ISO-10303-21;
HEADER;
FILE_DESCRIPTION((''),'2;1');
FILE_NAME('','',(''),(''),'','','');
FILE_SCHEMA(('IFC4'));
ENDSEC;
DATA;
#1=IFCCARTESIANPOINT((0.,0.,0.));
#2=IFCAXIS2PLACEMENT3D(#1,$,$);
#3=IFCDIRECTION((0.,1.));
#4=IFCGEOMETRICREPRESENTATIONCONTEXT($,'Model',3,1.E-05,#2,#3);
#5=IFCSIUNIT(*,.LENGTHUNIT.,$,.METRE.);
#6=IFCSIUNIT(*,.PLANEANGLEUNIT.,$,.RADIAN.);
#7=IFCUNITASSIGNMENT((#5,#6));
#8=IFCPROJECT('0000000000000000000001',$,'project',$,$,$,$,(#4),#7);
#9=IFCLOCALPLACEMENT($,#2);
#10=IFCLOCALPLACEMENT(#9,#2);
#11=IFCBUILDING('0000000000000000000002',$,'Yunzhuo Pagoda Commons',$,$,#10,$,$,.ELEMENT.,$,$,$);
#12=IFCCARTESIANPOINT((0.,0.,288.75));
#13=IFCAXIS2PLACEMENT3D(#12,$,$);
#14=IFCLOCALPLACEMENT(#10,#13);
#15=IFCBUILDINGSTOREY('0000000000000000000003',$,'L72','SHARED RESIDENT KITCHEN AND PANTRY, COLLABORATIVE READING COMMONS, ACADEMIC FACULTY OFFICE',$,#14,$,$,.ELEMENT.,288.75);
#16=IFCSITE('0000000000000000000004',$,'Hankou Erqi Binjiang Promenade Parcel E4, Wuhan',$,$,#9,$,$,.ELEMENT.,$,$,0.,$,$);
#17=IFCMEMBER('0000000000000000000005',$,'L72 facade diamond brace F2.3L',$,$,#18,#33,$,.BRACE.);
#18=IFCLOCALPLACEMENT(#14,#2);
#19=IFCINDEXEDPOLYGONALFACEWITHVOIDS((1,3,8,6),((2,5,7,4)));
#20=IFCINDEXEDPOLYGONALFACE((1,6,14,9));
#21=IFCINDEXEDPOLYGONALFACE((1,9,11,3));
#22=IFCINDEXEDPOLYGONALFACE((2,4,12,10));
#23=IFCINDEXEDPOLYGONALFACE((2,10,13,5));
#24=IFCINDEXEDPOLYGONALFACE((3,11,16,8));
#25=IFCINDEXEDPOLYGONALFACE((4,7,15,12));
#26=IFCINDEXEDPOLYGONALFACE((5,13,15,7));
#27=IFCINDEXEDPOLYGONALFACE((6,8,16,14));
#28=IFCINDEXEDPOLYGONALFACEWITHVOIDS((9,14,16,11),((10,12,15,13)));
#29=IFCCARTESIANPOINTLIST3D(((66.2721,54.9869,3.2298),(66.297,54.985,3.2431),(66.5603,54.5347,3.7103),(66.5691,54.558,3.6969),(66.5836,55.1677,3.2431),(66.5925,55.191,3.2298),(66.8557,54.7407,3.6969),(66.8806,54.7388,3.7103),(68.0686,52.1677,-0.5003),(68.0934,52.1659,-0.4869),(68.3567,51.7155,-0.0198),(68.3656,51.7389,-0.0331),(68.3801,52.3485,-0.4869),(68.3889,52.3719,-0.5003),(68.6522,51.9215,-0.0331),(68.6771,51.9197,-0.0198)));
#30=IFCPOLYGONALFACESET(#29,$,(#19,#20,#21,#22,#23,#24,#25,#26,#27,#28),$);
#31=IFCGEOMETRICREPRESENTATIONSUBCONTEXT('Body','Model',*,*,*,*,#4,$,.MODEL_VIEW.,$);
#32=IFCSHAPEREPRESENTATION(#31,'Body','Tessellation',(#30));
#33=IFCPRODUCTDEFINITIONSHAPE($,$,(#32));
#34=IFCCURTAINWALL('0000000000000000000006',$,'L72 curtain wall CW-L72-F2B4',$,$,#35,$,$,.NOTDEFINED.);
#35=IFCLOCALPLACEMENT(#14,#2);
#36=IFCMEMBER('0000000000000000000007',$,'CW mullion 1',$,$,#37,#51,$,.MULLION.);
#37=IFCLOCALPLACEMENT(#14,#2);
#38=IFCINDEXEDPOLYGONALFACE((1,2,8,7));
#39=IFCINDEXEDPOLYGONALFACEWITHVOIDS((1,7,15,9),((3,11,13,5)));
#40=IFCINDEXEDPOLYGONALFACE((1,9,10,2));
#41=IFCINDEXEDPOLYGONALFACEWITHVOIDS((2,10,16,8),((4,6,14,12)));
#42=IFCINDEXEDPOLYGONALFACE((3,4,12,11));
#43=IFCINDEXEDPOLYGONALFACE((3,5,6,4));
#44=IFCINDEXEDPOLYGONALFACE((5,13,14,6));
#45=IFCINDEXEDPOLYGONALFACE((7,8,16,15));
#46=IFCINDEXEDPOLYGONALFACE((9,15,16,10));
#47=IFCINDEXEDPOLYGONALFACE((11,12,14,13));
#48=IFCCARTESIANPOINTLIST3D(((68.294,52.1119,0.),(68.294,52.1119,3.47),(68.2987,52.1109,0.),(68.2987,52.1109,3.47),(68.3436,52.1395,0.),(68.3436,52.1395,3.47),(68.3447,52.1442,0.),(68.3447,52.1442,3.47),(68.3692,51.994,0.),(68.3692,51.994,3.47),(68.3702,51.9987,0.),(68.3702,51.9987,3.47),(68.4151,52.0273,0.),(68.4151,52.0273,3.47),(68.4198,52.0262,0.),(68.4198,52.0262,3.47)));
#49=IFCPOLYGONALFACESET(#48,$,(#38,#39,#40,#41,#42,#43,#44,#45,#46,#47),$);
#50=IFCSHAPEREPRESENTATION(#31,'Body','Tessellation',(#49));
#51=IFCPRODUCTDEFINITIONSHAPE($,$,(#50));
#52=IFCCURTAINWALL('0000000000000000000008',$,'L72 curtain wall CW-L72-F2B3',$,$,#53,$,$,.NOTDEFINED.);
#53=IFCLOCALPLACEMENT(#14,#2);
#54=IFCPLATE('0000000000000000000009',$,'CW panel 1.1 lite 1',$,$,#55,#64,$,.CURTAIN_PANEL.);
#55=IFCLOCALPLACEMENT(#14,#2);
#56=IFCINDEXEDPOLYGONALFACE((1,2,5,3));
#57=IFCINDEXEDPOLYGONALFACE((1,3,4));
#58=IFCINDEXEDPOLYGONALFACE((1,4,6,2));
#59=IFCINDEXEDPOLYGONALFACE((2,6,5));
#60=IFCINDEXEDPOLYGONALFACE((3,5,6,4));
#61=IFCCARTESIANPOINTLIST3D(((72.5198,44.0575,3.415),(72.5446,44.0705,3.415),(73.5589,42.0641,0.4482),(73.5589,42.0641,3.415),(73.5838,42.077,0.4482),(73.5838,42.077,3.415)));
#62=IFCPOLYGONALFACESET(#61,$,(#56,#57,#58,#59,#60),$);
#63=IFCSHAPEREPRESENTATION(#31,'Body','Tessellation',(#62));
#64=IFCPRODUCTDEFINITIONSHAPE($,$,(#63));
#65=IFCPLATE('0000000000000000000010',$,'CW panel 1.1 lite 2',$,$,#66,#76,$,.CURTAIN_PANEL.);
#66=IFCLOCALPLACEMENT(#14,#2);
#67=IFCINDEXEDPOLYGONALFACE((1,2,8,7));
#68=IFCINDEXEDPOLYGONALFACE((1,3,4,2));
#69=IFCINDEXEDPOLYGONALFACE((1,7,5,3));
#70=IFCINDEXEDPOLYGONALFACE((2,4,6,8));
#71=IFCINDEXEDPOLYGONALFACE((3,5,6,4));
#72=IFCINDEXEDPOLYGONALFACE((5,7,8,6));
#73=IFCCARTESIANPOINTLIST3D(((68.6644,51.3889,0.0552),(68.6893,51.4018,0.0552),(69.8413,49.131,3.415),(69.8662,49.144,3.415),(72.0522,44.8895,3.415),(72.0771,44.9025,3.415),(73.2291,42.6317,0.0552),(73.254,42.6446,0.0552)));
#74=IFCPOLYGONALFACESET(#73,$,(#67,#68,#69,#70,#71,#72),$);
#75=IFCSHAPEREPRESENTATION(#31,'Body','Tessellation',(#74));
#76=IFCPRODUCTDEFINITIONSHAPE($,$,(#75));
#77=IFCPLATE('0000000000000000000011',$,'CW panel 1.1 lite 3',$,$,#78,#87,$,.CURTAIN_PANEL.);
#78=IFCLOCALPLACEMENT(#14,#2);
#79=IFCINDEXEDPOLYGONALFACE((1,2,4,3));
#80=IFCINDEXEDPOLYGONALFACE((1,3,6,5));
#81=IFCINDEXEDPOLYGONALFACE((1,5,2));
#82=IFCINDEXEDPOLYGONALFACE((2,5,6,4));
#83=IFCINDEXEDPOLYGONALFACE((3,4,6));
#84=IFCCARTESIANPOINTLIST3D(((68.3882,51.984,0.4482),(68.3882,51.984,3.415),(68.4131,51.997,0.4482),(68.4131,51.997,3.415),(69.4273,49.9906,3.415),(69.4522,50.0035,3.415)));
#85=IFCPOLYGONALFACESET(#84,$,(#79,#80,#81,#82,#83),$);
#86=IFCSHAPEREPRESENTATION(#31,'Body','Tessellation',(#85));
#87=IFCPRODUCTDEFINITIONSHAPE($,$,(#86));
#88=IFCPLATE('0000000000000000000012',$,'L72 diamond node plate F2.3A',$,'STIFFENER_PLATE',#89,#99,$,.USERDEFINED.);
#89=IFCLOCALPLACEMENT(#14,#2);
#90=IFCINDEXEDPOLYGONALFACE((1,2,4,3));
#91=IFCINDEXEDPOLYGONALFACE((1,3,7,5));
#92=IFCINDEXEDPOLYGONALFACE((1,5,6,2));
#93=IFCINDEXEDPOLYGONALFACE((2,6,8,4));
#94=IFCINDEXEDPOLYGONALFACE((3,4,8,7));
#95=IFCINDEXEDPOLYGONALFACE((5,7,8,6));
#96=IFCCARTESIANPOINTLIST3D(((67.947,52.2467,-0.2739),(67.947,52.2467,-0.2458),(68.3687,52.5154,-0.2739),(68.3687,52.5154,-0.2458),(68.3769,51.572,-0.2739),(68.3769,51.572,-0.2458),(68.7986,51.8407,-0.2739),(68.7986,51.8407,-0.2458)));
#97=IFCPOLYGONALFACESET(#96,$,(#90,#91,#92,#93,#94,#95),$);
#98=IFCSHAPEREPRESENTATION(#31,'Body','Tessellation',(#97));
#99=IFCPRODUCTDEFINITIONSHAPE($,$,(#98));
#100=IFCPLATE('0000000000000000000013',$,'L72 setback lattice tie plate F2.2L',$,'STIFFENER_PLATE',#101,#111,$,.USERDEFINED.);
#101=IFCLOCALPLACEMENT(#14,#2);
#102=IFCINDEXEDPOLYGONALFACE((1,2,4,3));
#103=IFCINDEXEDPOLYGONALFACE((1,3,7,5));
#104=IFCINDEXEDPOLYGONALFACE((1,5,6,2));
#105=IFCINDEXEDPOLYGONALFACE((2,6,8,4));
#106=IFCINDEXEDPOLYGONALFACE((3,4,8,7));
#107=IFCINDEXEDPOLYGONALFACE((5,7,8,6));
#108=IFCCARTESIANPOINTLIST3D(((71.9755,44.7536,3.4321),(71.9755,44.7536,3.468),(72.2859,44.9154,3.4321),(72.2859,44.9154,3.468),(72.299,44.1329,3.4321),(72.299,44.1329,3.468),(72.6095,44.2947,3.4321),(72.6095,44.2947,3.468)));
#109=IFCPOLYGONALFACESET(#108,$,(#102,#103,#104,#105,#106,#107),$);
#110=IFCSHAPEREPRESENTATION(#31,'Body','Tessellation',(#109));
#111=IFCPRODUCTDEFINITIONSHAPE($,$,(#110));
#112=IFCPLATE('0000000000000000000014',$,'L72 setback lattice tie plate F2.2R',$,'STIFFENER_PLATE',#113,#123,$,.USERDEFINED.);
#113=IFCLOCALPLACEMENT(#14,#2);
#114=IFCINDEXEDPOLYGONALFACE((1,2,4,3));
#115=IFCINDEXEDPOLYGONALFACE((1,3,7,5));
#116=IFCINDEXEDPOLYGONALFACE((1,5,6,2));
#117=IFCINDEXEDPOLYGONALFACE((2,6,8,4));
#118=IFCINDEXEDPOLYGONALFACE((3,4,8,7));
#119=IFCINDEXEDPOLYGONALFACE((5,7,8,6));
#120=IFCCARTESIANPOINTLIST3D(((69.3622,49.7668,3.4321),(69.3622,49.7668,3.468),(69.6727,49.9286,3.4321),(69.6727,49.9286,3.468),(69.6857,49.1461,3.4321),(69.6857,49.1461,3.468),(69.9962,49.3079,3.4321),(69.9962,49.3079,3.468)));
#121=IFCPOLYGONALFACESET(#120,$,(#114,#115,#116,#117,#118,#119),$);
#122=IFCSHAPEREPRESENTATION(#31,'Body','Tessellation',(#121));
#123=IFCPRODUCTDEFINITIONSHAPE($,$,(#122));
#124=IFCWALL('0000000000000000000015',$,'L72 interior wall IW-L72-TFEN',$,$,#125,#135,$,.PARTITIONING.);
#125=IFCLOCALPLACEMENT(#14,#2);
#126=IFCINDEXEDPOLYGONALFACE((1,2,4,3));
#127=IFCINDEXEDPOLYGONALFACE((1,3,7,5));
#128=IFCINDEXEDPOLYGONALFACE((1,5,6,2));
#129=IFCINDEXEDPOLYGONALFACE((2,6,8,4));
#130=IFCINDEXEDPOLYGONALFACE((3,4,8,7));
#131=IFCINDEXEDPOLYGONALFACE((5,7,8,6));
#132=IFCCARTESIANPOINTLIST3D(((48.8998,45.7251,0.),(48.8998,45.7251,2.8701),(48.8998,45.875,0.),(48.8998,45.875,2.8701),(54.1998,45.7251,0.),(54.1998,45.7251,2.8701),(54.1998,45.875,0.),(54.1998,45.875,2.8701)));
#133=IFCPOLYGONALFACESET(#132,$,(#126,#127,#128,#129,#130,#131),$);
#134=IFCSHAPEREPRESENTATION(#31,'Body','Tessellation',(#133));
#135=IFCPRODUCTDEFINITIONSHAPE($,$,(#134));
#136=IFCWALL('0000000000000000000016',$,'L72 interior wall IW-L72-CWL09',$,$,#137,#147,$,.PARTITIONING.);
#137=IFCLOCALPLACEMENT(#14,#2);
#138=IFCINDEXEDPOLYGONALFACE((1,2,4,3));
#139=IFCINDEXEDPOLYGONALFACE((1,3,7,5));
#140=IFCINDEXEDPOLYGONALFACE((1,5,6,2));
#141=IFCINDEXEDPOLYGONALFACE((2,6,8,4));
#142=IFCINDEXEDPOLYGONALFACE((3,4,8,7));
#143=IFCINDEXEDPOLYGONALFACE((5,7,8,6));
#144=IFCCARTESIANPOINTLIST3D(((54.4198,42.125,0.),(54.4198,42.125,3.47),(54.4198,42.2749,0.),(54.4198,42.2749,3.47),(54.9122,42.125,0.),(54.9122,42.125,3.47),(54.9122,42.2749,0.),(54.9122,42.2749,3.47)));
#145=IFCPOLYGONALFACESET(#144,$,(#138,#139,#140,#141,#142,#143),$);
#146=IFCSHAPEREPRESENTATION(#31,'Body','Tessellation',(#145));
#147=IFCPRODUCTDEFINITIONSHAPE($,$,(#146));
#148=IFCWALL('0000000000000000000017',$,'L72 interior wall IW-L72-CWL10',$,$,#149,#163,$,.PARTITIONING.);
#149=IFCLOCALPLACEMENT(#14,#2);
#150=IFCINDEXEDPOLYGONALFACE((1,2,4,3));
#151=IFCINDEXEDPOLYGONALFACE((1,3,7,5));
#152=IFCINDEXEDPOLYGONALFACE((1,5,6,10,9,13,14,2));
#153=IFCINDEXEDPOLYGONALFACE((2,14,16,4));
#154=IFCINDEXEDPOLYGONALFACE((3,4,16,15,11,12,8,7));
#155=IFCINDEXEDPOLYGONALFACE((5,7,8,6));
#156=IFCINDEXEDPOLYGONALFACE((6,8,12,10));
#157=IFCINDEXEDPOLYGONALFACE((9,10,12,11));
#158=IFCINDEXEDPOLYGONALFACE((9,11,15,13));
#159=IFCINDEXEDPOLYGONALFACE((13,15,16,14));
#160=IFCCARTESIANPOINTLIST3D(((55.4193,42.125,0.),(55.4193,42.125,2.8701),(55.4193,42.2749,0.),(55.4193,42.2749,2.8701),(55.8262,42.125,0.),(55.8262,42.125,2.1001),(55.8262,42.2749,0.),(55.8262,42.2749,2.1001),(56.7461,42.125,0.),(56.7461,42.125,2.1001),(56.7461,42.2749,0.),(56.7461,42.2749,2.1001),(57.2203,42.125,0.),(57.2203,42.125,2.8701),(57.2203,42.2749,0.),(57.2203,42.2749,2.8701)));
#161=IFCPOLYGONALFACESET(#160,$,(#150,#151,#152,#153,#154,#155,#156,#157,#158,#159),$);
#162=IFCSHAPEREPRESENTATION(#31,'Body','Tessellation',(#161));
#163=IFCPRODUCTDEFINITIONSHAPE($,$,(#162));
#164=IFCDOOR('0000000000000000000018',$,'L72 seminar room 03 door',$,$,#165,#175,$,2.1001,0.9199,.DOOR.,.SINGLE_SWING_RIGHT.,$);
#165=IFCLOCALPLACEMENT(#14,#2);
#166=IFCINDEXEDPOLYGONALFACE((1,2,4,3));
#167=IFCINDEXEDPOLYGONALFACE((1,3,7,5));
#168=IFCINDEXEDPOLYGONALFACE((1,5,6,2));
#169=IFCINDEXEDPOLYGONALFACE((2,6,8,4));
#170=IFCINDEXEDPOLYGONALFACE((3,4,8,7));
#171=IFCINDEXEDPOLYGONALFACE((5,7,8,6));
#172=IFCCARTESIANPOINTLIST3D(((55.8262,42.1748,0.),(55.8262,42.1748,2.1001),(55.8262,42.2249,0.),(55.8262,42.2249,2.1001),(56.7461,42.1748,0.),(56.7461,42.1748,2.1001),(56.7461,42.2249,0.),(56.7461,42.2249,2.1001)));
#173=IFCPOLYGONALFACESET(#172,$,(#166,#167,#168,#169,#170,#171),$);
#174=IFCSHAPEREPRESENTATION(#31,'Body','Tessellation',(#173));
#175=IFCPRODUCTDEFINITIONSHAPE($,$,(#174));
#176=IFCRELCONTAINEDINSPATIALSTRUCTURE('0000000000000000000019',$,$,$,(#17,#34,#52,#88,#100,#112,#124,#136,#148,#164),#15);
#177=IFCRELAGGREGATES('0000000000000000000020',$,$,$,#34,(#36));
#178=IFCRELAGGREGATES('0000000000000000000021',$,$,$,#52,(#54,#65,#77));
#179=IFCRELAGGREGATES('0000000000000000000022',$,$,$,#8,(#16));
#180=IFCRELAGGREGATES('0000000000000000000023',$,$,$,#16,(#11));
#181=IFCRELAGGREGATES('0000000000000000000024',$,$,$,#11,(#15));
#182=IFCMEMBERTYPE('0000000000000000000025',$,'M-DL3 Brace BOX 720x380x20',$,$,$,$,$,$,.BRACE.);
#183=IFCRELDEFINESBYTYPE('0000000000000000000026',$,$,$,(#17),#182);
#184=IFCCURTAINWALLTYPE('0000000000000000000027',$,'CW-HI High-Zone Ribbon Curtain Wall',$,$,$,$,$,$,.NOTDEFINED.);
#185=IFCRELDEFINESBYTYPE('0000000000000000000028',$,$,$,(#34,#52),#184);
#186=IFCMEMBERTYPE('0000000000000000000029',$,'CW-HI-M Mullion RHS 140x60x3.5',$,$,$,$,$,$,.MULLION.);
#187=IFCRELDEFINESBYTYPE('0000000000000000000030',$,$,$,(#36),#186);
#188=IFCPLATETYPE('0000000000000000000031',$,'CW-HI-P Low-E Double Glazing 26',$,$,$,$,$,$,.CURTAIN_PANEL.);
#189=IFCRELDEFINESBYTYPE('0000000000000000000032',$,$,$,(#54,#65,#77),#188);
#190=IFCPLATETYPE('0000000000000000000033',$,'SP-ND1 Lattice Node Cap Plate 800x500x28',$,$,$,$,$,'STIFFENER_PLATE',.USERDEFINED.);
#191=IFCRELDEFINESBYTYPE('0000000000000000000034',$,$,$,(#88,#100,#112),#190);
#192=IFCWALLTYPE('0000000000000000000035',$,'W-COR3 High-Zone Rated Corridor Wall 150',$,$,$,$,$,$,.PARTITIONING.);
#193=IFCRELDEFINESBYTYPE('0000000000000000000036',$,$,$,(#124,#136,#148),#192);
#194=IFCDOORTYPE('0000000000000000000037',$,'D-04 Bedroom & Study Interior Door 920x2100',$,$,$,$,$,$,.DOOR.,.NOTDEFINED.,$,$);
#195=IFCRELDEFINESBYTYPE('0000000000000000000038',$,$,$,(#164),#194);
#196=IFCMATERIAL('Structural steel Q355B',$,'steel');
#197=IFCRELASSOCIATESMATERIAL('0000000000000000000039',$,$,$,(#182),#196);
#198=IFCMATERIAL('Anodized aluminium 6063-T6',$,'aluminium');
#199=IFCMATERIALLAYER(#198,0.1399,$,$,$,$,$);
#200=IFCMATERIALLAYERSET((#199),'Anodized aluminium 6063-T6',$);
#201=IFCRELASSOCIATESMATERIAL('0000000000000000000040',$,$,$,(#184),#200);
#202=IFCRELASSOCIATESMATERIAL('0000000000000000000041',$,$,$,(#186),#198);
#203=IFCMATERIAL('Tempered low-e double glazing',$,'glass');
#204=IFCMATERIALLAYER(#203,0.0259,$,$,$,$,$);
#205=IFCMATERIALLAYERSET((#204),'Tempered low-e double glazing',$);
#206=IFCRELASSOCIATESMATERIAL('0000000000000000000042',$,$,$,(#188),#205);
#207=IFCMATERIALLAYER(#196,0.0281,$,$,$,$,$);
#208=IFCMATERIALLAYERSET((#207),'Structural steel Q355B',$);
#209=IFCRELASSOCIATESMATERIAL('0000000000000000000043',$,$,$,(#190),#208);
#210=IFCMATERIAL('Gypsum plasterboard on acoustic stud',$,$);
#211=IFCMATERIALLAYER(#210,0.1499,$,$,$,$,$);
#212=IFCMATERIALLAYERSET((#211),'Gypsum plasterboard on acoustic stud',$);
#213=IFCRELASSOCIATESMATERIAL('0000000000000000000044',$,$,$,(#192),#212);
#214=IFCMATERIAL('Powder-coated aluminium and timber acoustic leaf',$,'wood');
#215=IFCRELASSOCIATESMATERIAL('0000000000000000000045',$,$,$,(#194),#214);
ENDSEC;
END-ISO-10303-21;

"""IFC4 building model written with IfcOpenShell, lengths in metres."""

from ifc_helpers import new_model, si_unit, direction, frame, frame_2d, origin, origin_with_axes, origin_2d, place, context, subcontext, project, spatial, polyline, rectangle, hollow_rectangle, outline, extrude, source, transform, mapped, material, layer, layer_set, material_profile, profile_set, type_object, element, fill, aggregate, save


model = new_model("IFC4")

# Units and contexts
model_context = context("Model", 3, precision=1e-05, world=origin(), true_north=direction((0.0, 1.0)))
body_context = subcontext(model_context, "Body", "Model", "MODEL_VIEW")
ifc_project = project(units=[si_unit("LENGTHUNIT", "METRE"), si_unit("PLANEANGLEUNIT", "RADIAN")], contexts=[model_context])

# Site, building, storey
site_placement = place(None, origin())
site = spatial("IfcSite", under=ifc_project, at=site_placement, Name="Hankou Erqi Binjiang Promenade Parcel E4, Wuhan", CompositionType="ELEMENT", RefElevation=0.0)
building_placement = place(site_placement, origin())
building = spatial("IfcBuilding", under=site, at=building_placement, Name="Yunzhuo Pagoda Commons", CompositionType="ELEMENT")
storey_placement = place(building_placement, frame((0.0, 0.0, 288.75)))
storey = spatial("IfcBuildingStorey", under=building, at=storey_placement, Name="L72", Description="SHARED RESIDENT KITCHEN AND PANTRY, COLLABORATIVE READING COMMONS, ACADEMIC FACULTY OFFICE", CompositionType="ELEMENT", Elevation=288.75)

# Shared definitions
ifc_material_1 = material(Name="Structural steel Q355B", Category="steel")

# Member
ifc_material_profile_1 = material_profile(ifc_material_1, hollow_rectangle(XDim=0.3799, YDim=0.72, WallThickness=0.02, at=origin_2d()), Name="Structural steel Q355B")
ifc_profile_set_1 = profile_set([ifc_material_profile_1], Name="Structural steel Q355B")
member_type_1 = type_object("IfcMemberType", Name="M-DL3 Brace BOX 720x380x20", PredefinedType="BRACE", material=ifc_profile_set_1)
shared_shape_1 = source(origin(), body_context, "Body", "SweptSolid", [
    extrude(hollow_rectangle(XDim=0.3799, YDim=0.72, WallThickness=0.02, at=origin_2d()), origin(), (0.0, 0.0, 1.0), 5.0088),
])
member_1_placement = place(storey_placement, frame((68.3728, 52.0437, -0.26), z_axis=(-0.358654, 0.562839, 0.744701), x_axis=(-0.843334, -0.537391, 0.0)))
element("IfcMember", 1, at=member_1_placement, inside=storey, type_object=member_type_1, Name="L72 facade diamond brace F2.3L", PredefinedType="BRACE", context=body_context, shape_type="MappedRepresentation", body=[
    mapped(shared_shape_1, transform((0.0, 0.0, 0.0), scale=1.0)),
])

# Curtain wall, member
ifc_material_2 = material(Name="Anodized aluminium 6063-T6", Category="aluminium")
ifc_layer_1 = layer(ifc_material_2, 0.1399)
ifc_layer_set_1 = layer_set([ifc_layer_1], Name="Anodized aluminium 6063-T6")
curtain_wall_type = type_object("IfcCurtainWallType", Name="CW-HI High-Zone Ribbon Curtain Wall", PredefinedType="NOTDEFINED", material=ifc_layer_set_1)
curtain_wall_1_placement = place(storey_placement, origin())
curtain_wall_1 = element("IfcCurtainWall", 2, at=curtain_wall_1_placement, inside=storey, type_object=curtain_wall_type, Name="L72 curtain wall CW-L72-F2B4", PredefinedType="NOTDEFINED")
ifc_material_profile_2 = material_profile(ifc_material_2, hollow_rectangle(XDim=0.0601, YDim=0.1399, WallThickness=0.0034, at=origin_2d()), Name="Anodized aluminium 6063-T6")
ifc_profile_set_2 = profile_set([ifc_material_profile_2], Name="Anodized aluminium 6063-T6")
member_type_2 = type_object("IfcMemberType", Name="CW-HI-M Mullion RHS 140x60x3.5", PredefinedType="MULLION", material=ifc_profile_set_2)
shared_shape_2 = source(origin(), body_context, "Body", "SweptSolid", [
    extrude(hollow_rectangle(XDim=0.0601, YDim=0.1399, WallThickness=0.0034, at=origin_2d()), origin(), (0.0, 0.0, 1.0), 3.47),
])
member_2_placement = place(storey_placement, frame((68.3569, 52.0691, 0.0), z_axis=(0.0, 0.0, 1.0), x_axis=(-0.84333, -0.537397, 0.0)))
member_2 = element("IfcMember", 3, at=member_2_placement, type_object=member_type_2, Name="CW mullion 1", PredefinedType="MULLION", context=body_context, shape_type="MappedRepresentation", body=[
    mapped(shared_shape_2, transform((0.0, 0.0, 0.0), scale=1.0)),
])
aggregate(curtain_wall_1, [member_2])

# Curtain wall, plates
curtain_wall_2_placement = place(storey_placement, origin())
curtain_wall_2 = element("IfcCurtainWall", 4, at=curtain_wall_2_placement, inside=storey, type_object=curtain_wall_type, Name="L72 curtain wall CW-L72-F2B3", PredefinedType="NOTDEFINED")
ifc_material_3 = material(Name="Tempered low-e double glazing", Category="glass")
ifc_layer_2 = layer(ifc_material_3, 0.0259)
ifc_layer_set_2 = layer_set([ifc_layer_2], Name="Tempered low-e double glazing")
plate_type_1 = type_object("IfcPlateType", Name="CW-HI-P Low-E Double Glazing 26", PredefinedType="CURTAIN_PANEL", material=ifc_layer_set_2)
plate_1_placement = place(storey_placement, frame((73.0393, 43.0608, 1.9316), z_axis=(0.886761, 0.462228, 0.0), x_axis=(-0.462228, 0.886761, 0.0)))
plate_1 = element("IfcPlate", 5, at=plate_1_placement, type_object=plate_type_1, Name="CW panel 1.1 lite 1", PredefinedType="CURTAIN_PANEL", context=body_context, shape_type="SweptSolid", body=[
    extrude(outline(polyline([(-1.124, -1.4834), (1.124, 1.4834), (-1.124, 1.4834), (-1.124, -1.4834)])), origin(), (0.0, 0.0, 1.0), 0.0281),
])
plate_2_placement = place(storey_placement, frame((70.9468, 47.0103, 1.7351), z_axis=(0.886761, 0.462228, 0.0), x_axis=(-0.462228, 0.886761, 0.0)))
plate_2 = element("IfcPlate", 6, at=plate_2_placement, type_object=plate_type_1, Name="CW panel 1.1 lite 2", PredefinedType="CURTAIN_PANEL", context=body_context, shape_type="SweptSolid", body=[
    extrude(outline(polyline([(-4.9377, -1.6799), (4.9377, -1.6799), (2.3916, 1.6799), (-2.3916, 1.6799), (-4.9377, -1.6799)])), origin(), (0.0, 0.0, 1.0), 0.0281),
])
plate_3_placement = place(storey_placement, frame((68.9077, 50.9873, 1.9316), z_axis=(0.886761, 0.462228, 0.0), x_axis=(-0.462228, 0.886761, 0.0)))
plate_3 = element("IfcPlate", 7, at=plate_3_placement, type_object=plate_type_1, Name="CW panel 1.1 lite 3", PredefinedType="CURTAIN_PANEL", context=body_context, shape_type="SweptSolid", body=[
    extrude(outline(polyline([(-1.124, 1.4834), (1.124, -1.4834), (1.124, 1.4834), (-1.124, 1.4834)])), origin(), (0.0, 0.0, 1.0), 0.0281),
])
aggregate(curtain_wall_2, [plate_1, plate_2, plate_3])

# Plates
ifc_layer_3 = layer(ifc_material_1, 0.0281)
ifc_layer_set_3 = layer_set([ifc_layer_3], Name="Structural steel Q355B")
plate_type_2 = type_object("IfcPlateType", Name="SP-ND1 Lattice Node Cap Plate 800x500x28", ElementType="STIFFENER_PLATE", PredefinedType="USERDEFINED", material=ifc_layer_set_3)
shared_shape_3 = source(origin(), body_context, "Body", "SweptSolid", [
    extrude(rectangle(XDim=0.8, YDim=0.5, at=origin_2d()), origin(), (0.0, 0.0, 1.0), 0.0281),
])
plate_4_placement = place(storey_placement, frame((68.3728, 52.0437, -0.2739), z_axis=(0.0, 0.0, 1.0), x_axis=(-0.537403, 0.843326, 0.0)))
element("IfcPlate", 8, at=plate_4_placement, inside=storey, type_object=plate_type_2, Name="L72 diamond node plate F2.3A", ObjectType="STIFFENER_PLATE", PredefinedType="USERDEFINED", context=body_context, shape_type="MappedRepresentation", body=[
    mapped(shared_shape_3, transform((0.0, 0.0, 0.0), scale=1.0)),
])
shared_shape_4 = source(origin(), body_context, "Body", "SweptSolid", [
    extrude(rectangle(XDim=0.7, YDim=0.3501, at=origin_2d()), origin(), (0.0, 0.0, 1.0), 0.0359),
])
for number, where, z_axis, x_axis, name in (
    (9, (72.2925, 44.5242, 3.4321), (0.0, 0.0, 1.0), (-0.462228, 0.886761, 0.0), "L72 setback lattice tie plate F2.2L"),
    (10, (69.6792, 49.5374, 3.4321), (0.0, 0.0, 1.0), (-0.462228, 0.886761, 0.0), "L72 setback lattice tie plate F2.2R"),
):
    element("IfcPlate", number, at=place(storey_placement, frame(where, z_axis=z_axis, x_axis=x_axis)), inside=storey, type_object=plate_type_2, Name=name, ObjectType="STIFFENER_PLATE", PredefinedType="USERDEFINED", context=body_context, shape_type="MappedRepresentation", body=[
        mapped(shared_shape_4, transform((0.0, 0.0, 0.0), scale=1.0)),
    ])

# Walls
ifc_material_4 = material(Name="Gypsum plasterboard on acoustic stud")
ifc_layer_4 = layer(ifc_material_4, 0.1499)
ifc_layer_set_4 = layer_set([ifc_layer_4], Name="Gypsum plasterboard on acoustic stud")
wall_type_1 = type_object("IfcWallType", Name="W-COR3 High-Zone Rated Corridor Wall 150", PredefinedType="PARTITIONING", material=ifc_layer_set_4)
wall_1_placement = place(storey_placement, frame((48.8999, 45.8, 0.0), z_axis=(0.0, 0.0, 1.0), x_axis=(1.0, 0.0, 0.0)))
element("IfcWall", 11, at=wall_1_placement, inside=storey, type_object=wall_type_1, Name="L72 interior wall IW-L72-TFEN", PredefinedType="PARTITIONING", context=body_context, shape_type="SweptSolid", body=[
    extrude(rectangle(XDim=5.3, YDim=0.1499, at=frame_2d((2.6499, 0.0))), origin(), (0.0, 0.0, 1.0), 2.8701),
])
wall_2_placement = place(storey_placement, frame((54.4199, 42.2, 0.0), z_axis=(0.0, 0.0, 1.0), x_axis=(1.0, 0.0, 0.0)))
element("IfcWall", 12, at=wall_2_placement, inside=storey, type_object=wall_type_1, Name="L72 interior wall IW-L72-CWL09", PredefinedType="PARTITIONING", context=body_context, shape_type="SweptSolid", body=[
    extrude(rectangle(XDim=0.4924, YDim=0.1499, at=frame_2d((0.2461, 0.0))), origin(), (0.0, 0.0, 1.0), 3.47),
])

# Wall, opening, door
wall_3_placement = place(storey_placement, frame((55.4194, 42.2, 0.0), z_axis=(0.0, 0.0, 1.0), x_axis=(1.0, 0.0, 0.0)))
wall_3 = element("IfcWall", 13, at=wall_3_placement, inside=storey, type_object=wall_type_1, Name="L72 interior wall IW-L72-CWL10", PredefinedType="PARTITIONING", context=body_context, shape_type="SweptSolid", body=[
    extrude(rectangle(XDim=1.801, YDim=0.1499, at=frame_2d((0.9004, 0.0))), origin(), (0.0, 0.0, 1.0), 2.8701),
])
opening_1_placement = place(wall_3_placement, frame((0.4067, 0.0, 0.0)))
opening_1 = element("IfcOpeningElement", 14, at=opening_1_placement, cuts=wall_3, PredefinedType="OPENING", context=body_context, shape_type="SweptSolid", body=[
    extrude(rectangle(XDim=0.9199, YDim=2.1001, at=frame_2d((0.46, 1.05))), frame((0.0, 0.085, 0.0), z_axis=(0.0, -1.0, 0.0), x_axis=(1.0, 0.0, 0.0)), (0.0, 0.0, 1.0), 0.1699),
])
ifc_material_5 = material(Name="Powder-coated aluminium and timber acoustic leaf", Category="wood")
door_type = type_object("IfcDoorType", Name="D-04 Bedroom & Study Interior Door 920x2100", OperationType="NOTDEFINED", PredefinedType="DOOR", material=ifc_material_5)
shared_shape_5 = source(origin(), body_context, "Body", "SweptSolid", [
    extrude(rectangle(XDim=0.9199, YDim=2.1001, at=frame_2d((0.46, 1.05))), frame((0.0, 0.0249, 0.0), z_axis=(0.0, -1.0, 0.0), x_axis=(1.0, 0.0, 0.0)), (0.0, 0.0, 1.0), 0.05),
])
door_1_placement = place(opening_1_placement, origin_with_axes())
door_1 = element("IfcDoor", 15, at=door_1_placement, inside=storey, type_object=door_type, Name="L72 seminar room 03 door", OperationType="SINGLE_SWING_RIGHT", OverallHeight=2.1001, OverallWidth=0.9199, PredefinedType="DOOR", context=body_context, shape_type="MappedRepresentation", body=[
    mapped(shared_shape_5, transform((0.0, 0.0, 0.0), scale=1.0)),
])
fill(opening_1, door_1)

save(model, "model.ifc")
